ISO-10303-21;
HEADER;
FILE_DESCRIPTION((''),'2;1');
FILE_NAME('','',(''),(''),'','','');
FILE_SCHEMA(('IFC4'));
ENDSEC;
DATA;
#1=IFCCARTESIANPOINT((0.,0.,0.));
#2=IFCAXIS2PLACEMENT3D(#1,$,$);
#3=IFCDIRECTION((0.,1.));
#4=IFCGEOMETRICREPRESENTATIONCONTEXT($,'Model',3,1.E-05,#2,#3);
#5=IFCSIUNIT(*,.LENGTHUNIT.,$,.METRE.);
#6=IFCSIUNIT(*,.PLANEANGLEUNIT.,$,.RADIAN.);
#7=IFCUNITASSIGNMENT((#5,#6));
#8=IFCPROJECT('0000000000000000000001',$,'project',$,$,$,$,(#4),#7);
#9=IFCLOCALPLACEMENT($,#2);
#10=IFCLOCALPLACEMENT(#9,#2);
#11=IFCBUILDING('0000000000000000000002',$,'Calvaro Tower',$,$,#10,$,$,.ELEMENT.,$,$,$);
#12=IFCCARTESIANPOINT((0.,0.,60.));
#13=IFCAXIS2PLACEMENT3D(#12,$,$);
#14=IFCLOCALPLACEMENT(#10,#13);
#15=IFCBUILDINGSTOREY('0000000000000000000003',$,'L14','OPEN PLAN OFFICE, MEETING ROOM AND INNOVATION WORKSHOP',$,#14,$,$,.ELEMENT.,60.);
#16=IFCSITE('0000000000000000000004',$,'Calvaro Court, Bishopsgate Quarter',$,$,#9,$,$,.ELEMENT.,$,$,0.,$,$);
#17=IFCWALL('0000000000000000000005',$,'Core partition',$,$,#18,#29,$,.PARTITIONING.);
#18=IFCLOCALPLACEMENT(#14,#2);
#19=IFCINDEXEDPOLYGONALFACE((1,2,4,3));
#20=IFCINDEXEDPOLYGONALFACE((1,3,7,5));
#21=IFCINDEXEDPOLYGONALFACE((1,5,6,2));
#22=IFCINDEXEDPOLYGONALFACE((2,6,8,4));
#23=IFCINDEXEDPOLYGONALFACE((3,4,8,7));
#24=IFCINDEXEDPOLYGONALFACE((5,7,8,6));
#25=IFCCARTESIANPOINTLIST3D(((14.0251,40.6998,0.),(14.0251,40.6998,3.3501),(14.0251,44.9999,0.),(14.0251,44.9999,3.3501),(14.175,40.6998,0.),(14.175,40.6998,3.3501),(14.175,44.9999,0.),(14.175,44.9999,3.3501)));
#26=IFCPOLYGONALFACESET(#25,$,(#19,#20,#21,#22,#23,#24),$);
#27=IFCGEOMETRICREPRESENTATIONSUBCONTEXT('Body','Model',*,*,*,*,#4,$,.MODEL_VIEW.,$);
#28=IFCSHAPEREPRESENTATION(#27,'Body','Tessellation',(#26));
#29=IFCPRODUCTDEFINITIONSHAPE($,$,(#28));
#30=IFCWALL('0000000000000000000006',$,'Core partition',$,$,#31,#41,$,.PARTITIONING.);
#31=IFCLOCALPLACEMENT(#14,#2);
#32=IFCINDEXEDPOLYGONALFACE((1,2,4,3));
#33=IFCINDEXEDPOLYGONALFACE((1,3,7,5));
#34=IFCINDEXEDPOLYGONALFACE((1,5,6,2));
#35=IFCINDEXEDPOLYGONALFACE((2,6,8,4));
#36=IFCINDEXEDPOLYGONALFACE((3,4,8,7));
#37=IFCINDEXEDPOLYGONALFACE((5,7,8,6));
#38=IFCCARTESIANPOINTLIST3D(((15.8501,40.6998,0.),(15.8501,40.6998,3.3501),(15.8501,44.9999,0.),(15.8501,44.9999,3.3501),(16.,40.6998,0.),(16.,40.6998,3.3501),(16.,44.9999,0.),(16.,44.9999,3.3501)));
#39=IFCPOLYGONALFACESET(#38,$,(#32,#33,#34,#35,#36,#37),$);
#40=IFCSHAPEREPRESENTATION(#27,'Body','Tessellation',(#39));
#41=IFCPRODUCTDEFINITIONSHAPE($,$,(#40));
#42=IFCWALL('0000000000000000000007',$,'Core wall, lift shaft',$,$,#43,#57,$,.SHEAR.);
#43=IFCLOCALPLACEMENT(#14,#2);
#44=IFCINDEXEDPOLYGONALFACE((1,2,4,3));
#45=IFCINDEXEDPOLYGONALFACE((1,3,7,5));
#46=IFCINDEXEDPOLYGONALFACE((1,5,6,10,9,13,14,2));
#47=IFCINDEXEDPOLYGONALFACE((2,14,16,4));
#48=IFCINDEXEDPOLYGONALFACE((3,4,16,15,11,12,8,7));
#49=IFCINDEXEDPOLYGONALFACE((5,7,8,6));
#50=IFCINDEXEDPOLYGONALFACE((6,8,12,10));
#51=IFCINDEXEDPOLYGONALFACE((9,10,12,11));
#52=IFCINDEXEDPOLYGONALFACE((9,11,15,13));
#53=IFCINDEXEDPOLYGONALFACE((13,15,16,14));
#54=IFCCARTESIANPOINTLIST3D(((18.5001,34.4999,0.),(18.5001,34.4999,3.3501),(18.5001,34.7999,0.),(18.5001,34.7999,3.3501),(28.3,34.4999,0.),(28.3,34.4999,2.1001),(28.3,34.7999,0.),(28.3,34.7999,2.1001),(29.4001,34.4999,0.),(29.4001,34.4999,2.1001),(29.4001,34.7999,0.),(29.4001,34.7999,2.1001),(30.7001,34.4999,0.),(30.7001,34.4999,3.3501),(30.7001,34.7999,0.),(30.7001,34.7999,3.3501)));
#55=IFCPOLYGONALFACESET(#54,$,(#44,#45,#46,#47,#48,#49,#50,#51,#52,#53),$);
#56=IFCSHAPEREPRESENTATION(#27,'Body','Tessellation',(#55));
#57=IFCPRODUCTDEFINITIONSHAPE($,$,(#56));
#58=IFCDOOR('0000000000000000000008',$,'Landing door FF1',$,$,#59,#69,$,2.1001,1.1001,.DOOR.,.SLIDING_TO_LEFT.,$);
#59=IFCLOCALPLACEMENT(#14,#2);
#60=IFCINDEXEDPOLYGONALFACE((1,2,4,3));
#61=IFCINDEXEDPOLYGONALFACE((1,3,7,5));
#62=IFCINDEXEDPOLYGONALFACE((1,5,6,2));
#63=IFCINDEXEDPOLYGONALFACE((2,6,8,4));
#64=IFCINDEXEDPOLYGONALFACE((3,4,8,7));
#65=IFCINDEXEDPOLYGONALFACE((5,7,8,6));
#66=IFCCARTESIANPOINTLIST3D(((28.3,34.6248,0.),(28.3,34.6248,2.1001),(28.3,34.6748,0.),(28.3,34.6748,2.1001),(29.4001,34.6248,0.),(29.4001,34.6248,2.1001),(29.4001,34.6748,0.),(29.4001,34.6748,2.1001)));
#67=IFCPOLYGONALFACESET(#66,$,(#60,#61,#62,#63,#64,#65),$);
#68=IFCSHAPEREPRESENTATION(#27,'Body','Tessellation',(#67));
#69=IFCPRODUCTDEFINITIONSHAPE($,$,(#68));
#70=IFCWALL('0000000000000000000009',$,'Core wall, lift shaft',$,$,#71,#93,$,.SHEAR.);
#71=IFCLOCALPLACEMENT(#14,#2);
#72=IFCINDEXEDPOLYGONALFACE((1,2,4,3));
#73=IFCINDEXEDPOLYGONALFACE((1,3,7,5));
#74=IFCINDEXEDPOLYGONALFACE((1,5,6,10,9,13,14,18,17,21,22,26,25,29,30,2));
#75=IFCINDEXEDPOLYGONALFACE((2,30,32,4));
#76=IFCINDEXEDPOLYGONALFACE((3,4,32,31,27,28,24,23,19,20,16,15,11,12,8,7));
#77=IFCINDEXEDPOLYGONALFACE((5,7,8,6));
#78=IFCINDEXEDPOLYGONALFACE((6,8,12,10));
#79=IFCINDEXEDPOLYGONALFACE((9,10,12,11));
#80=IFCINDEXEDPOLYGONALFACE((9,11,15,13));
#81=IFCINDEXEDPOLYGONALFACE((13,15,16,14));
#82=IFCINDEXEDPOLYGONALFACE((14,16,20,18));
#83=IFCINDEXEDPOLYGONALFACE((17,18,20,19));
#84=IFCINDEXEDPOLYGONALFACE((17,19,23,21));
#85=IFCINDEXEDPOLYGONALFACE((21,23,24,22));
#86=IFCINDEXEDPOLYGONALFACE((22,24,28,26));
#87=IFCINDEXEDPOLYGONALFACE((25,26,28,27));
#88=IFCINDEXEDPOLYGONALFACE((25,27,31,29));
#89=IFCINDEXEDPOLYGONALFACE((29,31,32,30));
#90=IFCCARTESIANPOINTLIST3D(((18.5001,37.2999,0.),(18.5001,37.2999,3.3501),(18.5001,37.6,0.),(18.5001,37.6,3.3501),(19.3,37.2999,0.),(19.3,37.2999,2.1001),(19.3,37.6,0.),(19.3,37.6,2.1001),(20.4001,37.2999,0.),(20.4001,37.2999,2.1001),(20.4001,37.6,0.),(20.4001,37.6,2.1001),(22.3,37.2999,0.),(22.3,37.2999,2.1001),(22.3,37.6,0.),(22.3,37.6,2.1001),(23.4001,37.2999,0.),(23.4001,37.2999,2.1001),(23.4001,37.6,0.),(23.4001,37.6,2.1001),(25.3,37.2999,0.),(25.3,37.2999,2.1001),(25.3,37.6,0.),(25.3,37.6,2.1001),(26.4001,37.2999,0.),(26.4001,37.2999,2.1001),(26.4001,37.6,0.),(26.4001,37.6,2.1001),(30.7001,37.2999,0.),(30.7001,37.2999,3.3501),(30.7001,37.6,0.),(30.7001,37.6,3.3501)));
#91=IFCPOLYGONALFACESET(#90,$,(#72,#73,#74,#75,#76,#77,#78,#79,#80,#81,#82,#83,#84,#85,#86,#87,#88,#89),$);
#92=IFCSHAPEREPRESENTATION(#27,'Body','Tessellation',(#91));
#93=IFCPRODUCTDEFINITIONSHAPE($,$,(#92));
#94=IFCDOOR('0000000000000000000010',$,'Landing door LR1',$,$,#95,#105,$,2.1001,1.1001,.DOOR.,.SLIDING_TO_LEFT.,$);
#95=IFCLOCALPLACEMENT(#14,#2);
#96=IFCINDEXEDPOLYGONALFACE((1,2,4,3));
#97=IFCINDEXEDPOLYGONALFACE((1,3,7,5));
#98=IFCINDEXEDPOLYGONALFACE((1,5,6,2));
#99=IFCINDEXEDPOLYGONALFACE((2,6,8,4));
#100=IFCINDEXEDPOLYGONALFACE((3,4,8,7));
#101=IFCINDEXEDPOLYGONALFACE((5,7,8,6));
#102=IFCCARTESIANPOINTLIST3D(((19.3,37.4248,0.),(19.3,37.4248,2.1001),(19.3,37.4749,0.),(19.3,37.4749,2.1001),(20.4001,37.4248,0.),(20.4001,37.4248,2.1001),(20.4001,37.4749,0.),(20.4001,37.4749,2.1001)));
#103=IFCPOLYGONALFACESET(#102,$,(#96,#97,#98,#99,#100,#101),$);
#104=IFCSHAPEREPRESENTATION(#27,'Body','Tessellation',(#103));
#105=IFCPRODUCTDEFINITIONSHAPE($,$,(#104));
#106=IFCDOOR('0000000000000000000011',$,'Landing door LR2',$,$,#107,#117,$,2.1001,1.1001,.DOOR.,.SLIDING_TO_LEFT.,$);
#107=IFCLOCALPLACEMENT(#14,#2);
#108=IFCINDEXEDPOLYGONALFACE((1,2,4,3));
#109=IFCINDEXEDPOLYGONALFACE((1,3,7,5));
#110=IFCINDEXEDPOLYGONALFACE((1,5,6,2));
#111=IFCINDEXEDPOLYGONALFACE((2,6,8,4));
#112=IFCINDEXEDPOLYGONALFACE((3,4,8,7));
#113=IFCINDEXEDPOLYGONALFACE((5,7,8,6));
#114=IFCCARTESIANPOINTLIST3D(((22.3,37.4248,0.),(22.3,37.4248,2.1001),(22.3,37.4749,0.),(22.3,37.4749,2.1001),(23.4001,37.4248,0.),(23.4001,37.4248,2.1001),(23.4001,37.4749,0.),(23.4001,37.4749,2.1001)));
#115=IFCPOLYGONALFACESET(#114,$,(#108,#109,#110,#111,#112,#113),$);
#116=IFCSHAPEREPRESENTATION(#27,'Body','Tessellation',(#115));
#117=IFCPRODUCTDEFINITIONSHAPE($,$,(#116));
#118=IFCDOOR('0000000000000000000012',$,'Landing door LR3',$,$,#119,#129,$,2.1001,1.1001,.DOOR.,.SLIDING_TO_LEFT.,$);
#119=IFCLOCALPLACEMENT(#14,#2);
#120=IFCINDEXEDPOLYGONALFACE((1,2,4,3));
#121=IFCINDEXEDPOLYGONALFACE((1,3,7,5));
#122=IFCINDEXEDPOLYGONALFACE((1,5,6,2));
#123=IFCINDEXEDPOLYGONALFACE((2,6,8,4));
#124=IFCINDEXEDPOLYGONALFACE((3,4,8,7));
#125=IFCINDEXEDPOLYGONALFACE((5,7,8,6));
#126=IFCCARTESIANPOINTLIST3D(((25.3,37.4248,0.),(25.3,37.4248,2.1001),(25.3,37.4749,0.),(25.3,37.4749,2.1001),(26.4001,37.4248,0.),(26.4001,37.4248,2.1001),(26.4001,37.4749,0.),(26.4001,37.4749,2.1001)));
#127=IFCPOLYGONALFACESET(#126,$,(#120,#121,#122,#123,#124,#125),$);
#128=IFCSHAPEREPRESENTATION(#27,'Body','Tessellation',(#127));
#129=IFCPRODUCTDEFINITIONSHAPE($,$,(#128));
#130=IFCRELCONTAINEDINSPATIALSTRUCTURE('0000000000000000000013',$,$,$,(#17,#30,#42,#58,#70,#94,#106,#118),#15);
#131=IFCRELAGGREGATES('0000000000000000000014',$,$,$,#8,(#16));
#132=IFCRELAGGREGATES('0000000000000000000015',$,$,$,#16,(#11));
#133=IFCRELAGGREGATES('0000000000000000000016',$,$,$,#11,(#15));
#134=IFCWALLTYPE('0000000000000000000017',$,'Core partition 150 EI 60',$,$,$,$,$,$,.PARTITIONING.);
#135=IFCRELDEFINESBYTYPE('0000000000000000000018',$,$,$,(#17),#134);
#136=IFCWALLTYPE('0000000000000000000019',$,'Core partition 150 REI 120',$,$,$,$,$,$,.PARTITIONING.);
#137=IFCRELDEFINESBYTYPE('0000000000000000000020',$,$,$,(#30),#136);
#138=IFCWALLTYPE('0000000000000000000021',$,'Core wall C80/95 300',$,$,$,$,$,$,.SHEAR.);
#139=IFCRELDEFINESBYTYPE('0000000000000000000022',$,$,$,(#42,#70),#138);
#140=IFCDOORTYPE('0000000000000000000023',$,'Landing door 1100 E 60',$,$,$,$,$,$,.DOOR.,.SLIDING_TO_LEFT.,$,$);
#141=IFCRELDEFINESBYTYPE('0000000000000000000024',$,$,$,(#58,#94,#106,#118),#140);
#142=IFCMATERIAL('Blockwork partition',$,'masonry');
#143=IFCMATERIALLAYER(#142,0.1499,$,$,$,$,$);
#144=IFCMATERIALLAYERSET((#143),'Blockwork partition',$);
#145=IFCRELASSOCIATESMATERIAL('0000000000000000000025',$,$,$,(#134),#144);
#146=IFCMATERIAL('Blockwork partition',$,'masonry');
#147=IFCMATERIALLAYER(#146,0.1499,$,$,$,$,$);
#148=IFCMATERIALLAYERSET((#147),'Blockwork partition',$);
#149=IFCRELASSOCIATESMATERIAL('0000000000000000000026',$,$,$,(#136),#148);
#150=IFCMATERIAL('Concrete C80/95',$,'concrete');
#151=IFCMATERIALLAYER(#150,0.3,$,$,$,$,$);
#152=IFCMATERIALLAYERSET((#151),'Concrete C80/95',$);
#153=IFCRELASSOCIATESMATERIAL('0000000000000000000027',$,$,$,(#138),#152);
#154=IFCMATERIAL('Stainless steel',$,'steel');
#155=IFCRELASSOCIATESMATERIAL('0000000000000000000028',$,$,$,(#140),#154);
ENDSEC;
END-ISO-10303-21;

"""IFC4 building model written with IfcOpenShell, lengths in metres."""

from ifc_helpers import new_model, si_unit, direction, frame, frame_2d, origin, place, context, subcontext, project, spatial, rectangle, extrude, material, layer, layer_set, type_object, element, fill, save


model = new_model("IFC4")

# Units and contexts
model_context = context("Model", 3, precision=1e-05, world=origin(), true_north=direction((0.0, 1.0)))
body_context = subcontext(model_context, "Body", "Model", "MODEL_VIEW")
ifc_project = project(units=[si_unit("LENGTHUNIT", "METRE"), si_unit("PLANEANGLEUNIT", "RADIAN")], contexts=[model_context])

# Site, building, storey
site_placement = place(None, origin())
site = spatial("IfcSite", under=ifc_project, at=site_placement, Name="Calvaro Court, Bishopsgate Quarter", CompositionType="ELEMENT", RefElevation=0.0)
building_placement = place(site_placement, origin())
building = spatial("IfcBuilding", under=site, at=building_placement, Name="Calvaro Tower", CompositionType="ELEMENT")
storey_placement = place(building_placement, frame((0.0, 0.0, 60.0)))
storey = spatial("IfcBuildingStorey", under=building, at=storey_placement, Name="L14", Description="OPEN PLAN OFFICE, MEETING ROOM AND INNOVATION WORKSHOP", CompositionType="ELEMENT", Elevation=60.0)

# Walls
ifc_material_1 = material(Name="Blockwork partition", Category="masonry")
ifc_layer_1 = layer(ifc_material_1, 0.1499)
ifc_layer_set_1 = layer_set([ifc_layer_1], Name="Blockwork partition")
wall_type_1 = type_object("IfcWallType", Name="Core partition 150 EI 60", PredefinedType="PARTITIONING", material=ifc_layer_set_1)
wall_1_placement = place(storey_placement, frame((14.1001, 40.7, 0.0), z_axis=(0.0, 0.0, 1.0), x_axis=(0.0, 1.0, 0.0)))
element("IfcWall", 1, at=wall_1_placement, inside=storey, type_object=wall_type_1, Name="Core partition", PredefinedType="PARTITIONING", context=body_context, shape_type="SweptSolid", body=[
    extrude(rectangle(XDim=4.3, YDim=0.1499, at=frame_2d((2.1499, 0.0))), origin(), (0.0, 0.0, 1.0), 3.3501),
])
ifc_material_2 = material(Name="Blockwork partition", Category="masonry")
ifc_layer_2 = layer(ifc_material_2, 0.1499)
ifc_layer_set_2 = layer_set([ifc_layer_2], Name="Blockwork partition")
wall_type_2 = type_object("IfcWallType", Name="Core partition 150 REI 120", PredefinedType="PARTITIONING", material=ifc_layer_set_2)
wall_2_placement = place(storey_placement, frame((15.925, 40.7, 0.0), z_axis=(0.0, 0.0, 1.0), x_axis=(0.0, 1.0, 0.0)))
element("IfcWall", 2, at=wall_2_placement, inside=storey, type_object=wall_type_2, Name="Core partition", PredefinedType="PARTITIONING", context=body_context, shape_type="SweptSolid", body=[
    extrude(rectangle(XDim=4.3, YDim=0.1499, at=frame_2d((2.1499, 0.0))), origin(), (0.0, 0.0, 1.0), 3.3501),
])

# Wall, opening, door
ifc_material_3 = material(Name="Concrete C80/95", Category="concrete")
ifc_layer_3 = layer(ifc_material_3, 0.3)
ifc_layer_set_3 = layer_set([ifc_layer_3], Name="Concrete C80/95")
wall_type_3 = type_object("IfcWallType", Name="Core wall C80/95 300", PredefinedType="SHEAR", material=ifc_layer_set_3)
wall_3_placement = place(storey_placement, frame((18.5, 34.6499, 0.0), z_axis=(0.0, 0.0, 1.0), x_axis=(1.0, 0.0, 0.0)))
wall_3 = element("IfcWall", 3, at=wall_3_placement, inside=storey, type_object=wall_type_3, Name="Core wall, lift shaft", PredefinedType="SHEAR", context=body_context, shape_type="SweptSolid", body=[
    extrude(rectangle(XDim=12.2, YDim=0.3, at=frame_2d((6.1001, 0.0))), origin(), (0.0, 0.0, 1.0), 3.3501),
])
opening_1_placement = place(wall_3_placement, frame((9.8, 0.0, 0.0)))
opening_1 = element("IfcOpeningElement", 4, at=opening_1_placement, cuts=wall_3, PredefinedType="OPENING", context=body_context, shape_type="SweptSolid", body=[
    extrude(rectangle(XDim=1.1001, YDim=2.1001, at=frame_2d((0.55, 1.05))), frame((0.0, 0.1599, 0.0), z_axis=(0.0, -1.0, 0.0), x_axis=(1.0, 0.0, 0.0)), (0.0, 0.0, 1.0), 0.3201),
])
ifc_material_4 = material(Name="Stainless steel", Category="steel")
door_type_1 = type_object("IfcDoorType", Name="Landing door 1100 E 60", OperationType="SLIDING_TO_LEFT", PredefinedType="DOOR", material=ifc_material_4)
door_1_placement = place(opening_1_placement, origin())
door_1 = element("IfcDoor", 5, at=door_1_placement, inside=storey, type_object=door_type_1, Name="Landing door FF1", OperationType="SLIDING_TO_LEFT", OverallHeight=2.1001, OverallWidth=1.1001, PredefinedType="DOOR", context=body_context, shape_type="SweptSolid", body=[
    extrude(rectangle(XDim=1.1001, YDim=2.1001, at=frame_2d((0.55, 1.05))), frame((0.0, 0.0249, 0.0), z_axis=(0.0, -1.0, 0.0), x_axis=(1.0, 0.0, 0.0)), (0.0, 0.0, 1.0), 0.05),
])
fill(opening_1, door_1)

# Wall, openings, doors
wall_4_placement = place(storey_placement, frame((18.5, 37.45, 0.0), z_axis=(0.0, 0.0, 1.0), x_axis=(1.0, 0.0, 0.0)))
wall_4 = element("IfcWall", 6, at=wall_4_placement, inside=storey, type_object=wall_type_3, Name="Core wall, lift shaft", PredefinedType="SHEAR", context=body_context, shape_type="SweptSolid", body=[
    extrude(rectangle(XDim=12.2, YDim=0.3, at=frame_2d((6.1001, 0.0))), origin(), (0.0, 0.0, 1.0), 3.3501),
])
opening_2_placement = place(wall_4_placement, frame((0.8, 0.0, 0.0)))
opening_2 = element("IfcOpeningElement", 7, at=opening_2_placement, cuts=wall_4, PredefinedType="OPENING", context=body_context, shape_type="SweptSolid", body=[
    extrude(rectangle(XDim=1.1001, YDim=2.1001, at=frame_2d((0.55, 1.05))), frame((0.0, 0.1599, 0.0), z_axis=(0.0, -1.0, 0.0), x_axis=(1.0, 0.0, 0.0)), (0.0, 0.0, 1.0), 0.3201),
])
opening_3_placement = place(wall_4_placement, frame((3.8, 0.0, 0.0)))
opening_3 = element("IfcOpeningElement", 8, at=opening_3_placement, cuts=wall_4, PredefinedType="OPENING", context=body_context, shape_type="SweptSolid", body=[
    extrude(rectangle(XDim=1.1001, YDim=2.1001, at=frame_2d((0.55, 1.05))), frame((0.0, 0.1599, 0.0), z_axis=(0.0, -1.0, 0.0), x_axis=(1.0, 0.0, 0.0)), (0.0, 0.0, 1.0), 0.3201),
])
opening_4_placement = place(wall_4_placement, frame((6.8, 0.0, 0.0)))
opening_4 = element("IfcOpeningElement", 9, at=opening_4_placement, cuts=wall_4, PredefinedType="OPENING", context=body_context, shape_type="SweptSolid", body=[
    extrude(rectangle(XDim=1.1001, YDim=2.1001, at=frame_2d((0.55, 1.05))), frame((0.0, 0.1599, 0.0), z_axis=(0.0, -1.0, 0.0), x_axis=(1.0, 0.0, 0.0)), (0.0, 0.0, 1.0), 0.3201),
])
door_2_placement = place(opening_2_placement, origin())
door_2 = element("IfcDoor", 10, at=door_2_placement, inside=storey, type_object=door_type_1, Name="Landing door LR1", OperationType="SLIDING_TO_LEFT", OverallHeight=2.1001, OverallWidth=1.1001, PredefinedType="DOOR", context=body_context, shape_type="SweptSolid", body=[
    extrude(rectangle(XDim=1.1001, YDim=2.1001, at=frame_2d((0.55, 1.05))), frame((0.0, 0.0249, 0.0), z_axis=(0.0, -1.0, 0.0), x_axis=(1.0, 0.0, 0.0)), (0.0, 0.0, 1.0), 0.05),
])
fill(opening_2, door_2)
door_3_placement = place(opening_3_placement, origin())
door_3 = element("IfcDoor", 11, at=door_3_placement, inside=storey, type_object=door_type_1, Name="Landing door LR2", OperationType="SLIDING_TO_LEFT", OverallHeight=2.1001, OverallWidth=1.1001, PredefinedType="DOOR", context=body_context, shape_type="SweptSolid", body=[
    extrude(rectangle(XDim=1.1001, YDim=2.1001, at=frame_2d((0.55, 1.05))), frame((0.0, 0.0249, 0.0), z_axis=(0.0, -1.0, 0.0), x_axis=(1.0, 0.0, 0.0)), (0.0, 0.0, 1.0), 0.05),
])
fill(opening_3, door_3)
door_4_placement = place(opening_4_placement, origin())
door_4 = element("IfcDoor", 12, at=door_4_placement, inside=storey, type_object=door_type_1, Name="Landing door LR3", OperationType="SLIDING_TO_LEFT", OverallHeight=2.1001, OverallWidth=1.1001, PredefinedType="DOOR", context=body_context, shape_type="SweptSolid", body=[
    extrude(rectangle(XDim=1.1001, YDim=2.1001, at=frame_2d((0.55, 1.05))), frame((0.0, 0.0249, 0.0), z_axis=(0.0, -1.0, 0.0), x_axis=(1.0, 0.0, 0.0)), (0.0, 0.0, 1.0), 0.05),
])
fill(opening_4, door_4)

save(model, "model.ifc")
